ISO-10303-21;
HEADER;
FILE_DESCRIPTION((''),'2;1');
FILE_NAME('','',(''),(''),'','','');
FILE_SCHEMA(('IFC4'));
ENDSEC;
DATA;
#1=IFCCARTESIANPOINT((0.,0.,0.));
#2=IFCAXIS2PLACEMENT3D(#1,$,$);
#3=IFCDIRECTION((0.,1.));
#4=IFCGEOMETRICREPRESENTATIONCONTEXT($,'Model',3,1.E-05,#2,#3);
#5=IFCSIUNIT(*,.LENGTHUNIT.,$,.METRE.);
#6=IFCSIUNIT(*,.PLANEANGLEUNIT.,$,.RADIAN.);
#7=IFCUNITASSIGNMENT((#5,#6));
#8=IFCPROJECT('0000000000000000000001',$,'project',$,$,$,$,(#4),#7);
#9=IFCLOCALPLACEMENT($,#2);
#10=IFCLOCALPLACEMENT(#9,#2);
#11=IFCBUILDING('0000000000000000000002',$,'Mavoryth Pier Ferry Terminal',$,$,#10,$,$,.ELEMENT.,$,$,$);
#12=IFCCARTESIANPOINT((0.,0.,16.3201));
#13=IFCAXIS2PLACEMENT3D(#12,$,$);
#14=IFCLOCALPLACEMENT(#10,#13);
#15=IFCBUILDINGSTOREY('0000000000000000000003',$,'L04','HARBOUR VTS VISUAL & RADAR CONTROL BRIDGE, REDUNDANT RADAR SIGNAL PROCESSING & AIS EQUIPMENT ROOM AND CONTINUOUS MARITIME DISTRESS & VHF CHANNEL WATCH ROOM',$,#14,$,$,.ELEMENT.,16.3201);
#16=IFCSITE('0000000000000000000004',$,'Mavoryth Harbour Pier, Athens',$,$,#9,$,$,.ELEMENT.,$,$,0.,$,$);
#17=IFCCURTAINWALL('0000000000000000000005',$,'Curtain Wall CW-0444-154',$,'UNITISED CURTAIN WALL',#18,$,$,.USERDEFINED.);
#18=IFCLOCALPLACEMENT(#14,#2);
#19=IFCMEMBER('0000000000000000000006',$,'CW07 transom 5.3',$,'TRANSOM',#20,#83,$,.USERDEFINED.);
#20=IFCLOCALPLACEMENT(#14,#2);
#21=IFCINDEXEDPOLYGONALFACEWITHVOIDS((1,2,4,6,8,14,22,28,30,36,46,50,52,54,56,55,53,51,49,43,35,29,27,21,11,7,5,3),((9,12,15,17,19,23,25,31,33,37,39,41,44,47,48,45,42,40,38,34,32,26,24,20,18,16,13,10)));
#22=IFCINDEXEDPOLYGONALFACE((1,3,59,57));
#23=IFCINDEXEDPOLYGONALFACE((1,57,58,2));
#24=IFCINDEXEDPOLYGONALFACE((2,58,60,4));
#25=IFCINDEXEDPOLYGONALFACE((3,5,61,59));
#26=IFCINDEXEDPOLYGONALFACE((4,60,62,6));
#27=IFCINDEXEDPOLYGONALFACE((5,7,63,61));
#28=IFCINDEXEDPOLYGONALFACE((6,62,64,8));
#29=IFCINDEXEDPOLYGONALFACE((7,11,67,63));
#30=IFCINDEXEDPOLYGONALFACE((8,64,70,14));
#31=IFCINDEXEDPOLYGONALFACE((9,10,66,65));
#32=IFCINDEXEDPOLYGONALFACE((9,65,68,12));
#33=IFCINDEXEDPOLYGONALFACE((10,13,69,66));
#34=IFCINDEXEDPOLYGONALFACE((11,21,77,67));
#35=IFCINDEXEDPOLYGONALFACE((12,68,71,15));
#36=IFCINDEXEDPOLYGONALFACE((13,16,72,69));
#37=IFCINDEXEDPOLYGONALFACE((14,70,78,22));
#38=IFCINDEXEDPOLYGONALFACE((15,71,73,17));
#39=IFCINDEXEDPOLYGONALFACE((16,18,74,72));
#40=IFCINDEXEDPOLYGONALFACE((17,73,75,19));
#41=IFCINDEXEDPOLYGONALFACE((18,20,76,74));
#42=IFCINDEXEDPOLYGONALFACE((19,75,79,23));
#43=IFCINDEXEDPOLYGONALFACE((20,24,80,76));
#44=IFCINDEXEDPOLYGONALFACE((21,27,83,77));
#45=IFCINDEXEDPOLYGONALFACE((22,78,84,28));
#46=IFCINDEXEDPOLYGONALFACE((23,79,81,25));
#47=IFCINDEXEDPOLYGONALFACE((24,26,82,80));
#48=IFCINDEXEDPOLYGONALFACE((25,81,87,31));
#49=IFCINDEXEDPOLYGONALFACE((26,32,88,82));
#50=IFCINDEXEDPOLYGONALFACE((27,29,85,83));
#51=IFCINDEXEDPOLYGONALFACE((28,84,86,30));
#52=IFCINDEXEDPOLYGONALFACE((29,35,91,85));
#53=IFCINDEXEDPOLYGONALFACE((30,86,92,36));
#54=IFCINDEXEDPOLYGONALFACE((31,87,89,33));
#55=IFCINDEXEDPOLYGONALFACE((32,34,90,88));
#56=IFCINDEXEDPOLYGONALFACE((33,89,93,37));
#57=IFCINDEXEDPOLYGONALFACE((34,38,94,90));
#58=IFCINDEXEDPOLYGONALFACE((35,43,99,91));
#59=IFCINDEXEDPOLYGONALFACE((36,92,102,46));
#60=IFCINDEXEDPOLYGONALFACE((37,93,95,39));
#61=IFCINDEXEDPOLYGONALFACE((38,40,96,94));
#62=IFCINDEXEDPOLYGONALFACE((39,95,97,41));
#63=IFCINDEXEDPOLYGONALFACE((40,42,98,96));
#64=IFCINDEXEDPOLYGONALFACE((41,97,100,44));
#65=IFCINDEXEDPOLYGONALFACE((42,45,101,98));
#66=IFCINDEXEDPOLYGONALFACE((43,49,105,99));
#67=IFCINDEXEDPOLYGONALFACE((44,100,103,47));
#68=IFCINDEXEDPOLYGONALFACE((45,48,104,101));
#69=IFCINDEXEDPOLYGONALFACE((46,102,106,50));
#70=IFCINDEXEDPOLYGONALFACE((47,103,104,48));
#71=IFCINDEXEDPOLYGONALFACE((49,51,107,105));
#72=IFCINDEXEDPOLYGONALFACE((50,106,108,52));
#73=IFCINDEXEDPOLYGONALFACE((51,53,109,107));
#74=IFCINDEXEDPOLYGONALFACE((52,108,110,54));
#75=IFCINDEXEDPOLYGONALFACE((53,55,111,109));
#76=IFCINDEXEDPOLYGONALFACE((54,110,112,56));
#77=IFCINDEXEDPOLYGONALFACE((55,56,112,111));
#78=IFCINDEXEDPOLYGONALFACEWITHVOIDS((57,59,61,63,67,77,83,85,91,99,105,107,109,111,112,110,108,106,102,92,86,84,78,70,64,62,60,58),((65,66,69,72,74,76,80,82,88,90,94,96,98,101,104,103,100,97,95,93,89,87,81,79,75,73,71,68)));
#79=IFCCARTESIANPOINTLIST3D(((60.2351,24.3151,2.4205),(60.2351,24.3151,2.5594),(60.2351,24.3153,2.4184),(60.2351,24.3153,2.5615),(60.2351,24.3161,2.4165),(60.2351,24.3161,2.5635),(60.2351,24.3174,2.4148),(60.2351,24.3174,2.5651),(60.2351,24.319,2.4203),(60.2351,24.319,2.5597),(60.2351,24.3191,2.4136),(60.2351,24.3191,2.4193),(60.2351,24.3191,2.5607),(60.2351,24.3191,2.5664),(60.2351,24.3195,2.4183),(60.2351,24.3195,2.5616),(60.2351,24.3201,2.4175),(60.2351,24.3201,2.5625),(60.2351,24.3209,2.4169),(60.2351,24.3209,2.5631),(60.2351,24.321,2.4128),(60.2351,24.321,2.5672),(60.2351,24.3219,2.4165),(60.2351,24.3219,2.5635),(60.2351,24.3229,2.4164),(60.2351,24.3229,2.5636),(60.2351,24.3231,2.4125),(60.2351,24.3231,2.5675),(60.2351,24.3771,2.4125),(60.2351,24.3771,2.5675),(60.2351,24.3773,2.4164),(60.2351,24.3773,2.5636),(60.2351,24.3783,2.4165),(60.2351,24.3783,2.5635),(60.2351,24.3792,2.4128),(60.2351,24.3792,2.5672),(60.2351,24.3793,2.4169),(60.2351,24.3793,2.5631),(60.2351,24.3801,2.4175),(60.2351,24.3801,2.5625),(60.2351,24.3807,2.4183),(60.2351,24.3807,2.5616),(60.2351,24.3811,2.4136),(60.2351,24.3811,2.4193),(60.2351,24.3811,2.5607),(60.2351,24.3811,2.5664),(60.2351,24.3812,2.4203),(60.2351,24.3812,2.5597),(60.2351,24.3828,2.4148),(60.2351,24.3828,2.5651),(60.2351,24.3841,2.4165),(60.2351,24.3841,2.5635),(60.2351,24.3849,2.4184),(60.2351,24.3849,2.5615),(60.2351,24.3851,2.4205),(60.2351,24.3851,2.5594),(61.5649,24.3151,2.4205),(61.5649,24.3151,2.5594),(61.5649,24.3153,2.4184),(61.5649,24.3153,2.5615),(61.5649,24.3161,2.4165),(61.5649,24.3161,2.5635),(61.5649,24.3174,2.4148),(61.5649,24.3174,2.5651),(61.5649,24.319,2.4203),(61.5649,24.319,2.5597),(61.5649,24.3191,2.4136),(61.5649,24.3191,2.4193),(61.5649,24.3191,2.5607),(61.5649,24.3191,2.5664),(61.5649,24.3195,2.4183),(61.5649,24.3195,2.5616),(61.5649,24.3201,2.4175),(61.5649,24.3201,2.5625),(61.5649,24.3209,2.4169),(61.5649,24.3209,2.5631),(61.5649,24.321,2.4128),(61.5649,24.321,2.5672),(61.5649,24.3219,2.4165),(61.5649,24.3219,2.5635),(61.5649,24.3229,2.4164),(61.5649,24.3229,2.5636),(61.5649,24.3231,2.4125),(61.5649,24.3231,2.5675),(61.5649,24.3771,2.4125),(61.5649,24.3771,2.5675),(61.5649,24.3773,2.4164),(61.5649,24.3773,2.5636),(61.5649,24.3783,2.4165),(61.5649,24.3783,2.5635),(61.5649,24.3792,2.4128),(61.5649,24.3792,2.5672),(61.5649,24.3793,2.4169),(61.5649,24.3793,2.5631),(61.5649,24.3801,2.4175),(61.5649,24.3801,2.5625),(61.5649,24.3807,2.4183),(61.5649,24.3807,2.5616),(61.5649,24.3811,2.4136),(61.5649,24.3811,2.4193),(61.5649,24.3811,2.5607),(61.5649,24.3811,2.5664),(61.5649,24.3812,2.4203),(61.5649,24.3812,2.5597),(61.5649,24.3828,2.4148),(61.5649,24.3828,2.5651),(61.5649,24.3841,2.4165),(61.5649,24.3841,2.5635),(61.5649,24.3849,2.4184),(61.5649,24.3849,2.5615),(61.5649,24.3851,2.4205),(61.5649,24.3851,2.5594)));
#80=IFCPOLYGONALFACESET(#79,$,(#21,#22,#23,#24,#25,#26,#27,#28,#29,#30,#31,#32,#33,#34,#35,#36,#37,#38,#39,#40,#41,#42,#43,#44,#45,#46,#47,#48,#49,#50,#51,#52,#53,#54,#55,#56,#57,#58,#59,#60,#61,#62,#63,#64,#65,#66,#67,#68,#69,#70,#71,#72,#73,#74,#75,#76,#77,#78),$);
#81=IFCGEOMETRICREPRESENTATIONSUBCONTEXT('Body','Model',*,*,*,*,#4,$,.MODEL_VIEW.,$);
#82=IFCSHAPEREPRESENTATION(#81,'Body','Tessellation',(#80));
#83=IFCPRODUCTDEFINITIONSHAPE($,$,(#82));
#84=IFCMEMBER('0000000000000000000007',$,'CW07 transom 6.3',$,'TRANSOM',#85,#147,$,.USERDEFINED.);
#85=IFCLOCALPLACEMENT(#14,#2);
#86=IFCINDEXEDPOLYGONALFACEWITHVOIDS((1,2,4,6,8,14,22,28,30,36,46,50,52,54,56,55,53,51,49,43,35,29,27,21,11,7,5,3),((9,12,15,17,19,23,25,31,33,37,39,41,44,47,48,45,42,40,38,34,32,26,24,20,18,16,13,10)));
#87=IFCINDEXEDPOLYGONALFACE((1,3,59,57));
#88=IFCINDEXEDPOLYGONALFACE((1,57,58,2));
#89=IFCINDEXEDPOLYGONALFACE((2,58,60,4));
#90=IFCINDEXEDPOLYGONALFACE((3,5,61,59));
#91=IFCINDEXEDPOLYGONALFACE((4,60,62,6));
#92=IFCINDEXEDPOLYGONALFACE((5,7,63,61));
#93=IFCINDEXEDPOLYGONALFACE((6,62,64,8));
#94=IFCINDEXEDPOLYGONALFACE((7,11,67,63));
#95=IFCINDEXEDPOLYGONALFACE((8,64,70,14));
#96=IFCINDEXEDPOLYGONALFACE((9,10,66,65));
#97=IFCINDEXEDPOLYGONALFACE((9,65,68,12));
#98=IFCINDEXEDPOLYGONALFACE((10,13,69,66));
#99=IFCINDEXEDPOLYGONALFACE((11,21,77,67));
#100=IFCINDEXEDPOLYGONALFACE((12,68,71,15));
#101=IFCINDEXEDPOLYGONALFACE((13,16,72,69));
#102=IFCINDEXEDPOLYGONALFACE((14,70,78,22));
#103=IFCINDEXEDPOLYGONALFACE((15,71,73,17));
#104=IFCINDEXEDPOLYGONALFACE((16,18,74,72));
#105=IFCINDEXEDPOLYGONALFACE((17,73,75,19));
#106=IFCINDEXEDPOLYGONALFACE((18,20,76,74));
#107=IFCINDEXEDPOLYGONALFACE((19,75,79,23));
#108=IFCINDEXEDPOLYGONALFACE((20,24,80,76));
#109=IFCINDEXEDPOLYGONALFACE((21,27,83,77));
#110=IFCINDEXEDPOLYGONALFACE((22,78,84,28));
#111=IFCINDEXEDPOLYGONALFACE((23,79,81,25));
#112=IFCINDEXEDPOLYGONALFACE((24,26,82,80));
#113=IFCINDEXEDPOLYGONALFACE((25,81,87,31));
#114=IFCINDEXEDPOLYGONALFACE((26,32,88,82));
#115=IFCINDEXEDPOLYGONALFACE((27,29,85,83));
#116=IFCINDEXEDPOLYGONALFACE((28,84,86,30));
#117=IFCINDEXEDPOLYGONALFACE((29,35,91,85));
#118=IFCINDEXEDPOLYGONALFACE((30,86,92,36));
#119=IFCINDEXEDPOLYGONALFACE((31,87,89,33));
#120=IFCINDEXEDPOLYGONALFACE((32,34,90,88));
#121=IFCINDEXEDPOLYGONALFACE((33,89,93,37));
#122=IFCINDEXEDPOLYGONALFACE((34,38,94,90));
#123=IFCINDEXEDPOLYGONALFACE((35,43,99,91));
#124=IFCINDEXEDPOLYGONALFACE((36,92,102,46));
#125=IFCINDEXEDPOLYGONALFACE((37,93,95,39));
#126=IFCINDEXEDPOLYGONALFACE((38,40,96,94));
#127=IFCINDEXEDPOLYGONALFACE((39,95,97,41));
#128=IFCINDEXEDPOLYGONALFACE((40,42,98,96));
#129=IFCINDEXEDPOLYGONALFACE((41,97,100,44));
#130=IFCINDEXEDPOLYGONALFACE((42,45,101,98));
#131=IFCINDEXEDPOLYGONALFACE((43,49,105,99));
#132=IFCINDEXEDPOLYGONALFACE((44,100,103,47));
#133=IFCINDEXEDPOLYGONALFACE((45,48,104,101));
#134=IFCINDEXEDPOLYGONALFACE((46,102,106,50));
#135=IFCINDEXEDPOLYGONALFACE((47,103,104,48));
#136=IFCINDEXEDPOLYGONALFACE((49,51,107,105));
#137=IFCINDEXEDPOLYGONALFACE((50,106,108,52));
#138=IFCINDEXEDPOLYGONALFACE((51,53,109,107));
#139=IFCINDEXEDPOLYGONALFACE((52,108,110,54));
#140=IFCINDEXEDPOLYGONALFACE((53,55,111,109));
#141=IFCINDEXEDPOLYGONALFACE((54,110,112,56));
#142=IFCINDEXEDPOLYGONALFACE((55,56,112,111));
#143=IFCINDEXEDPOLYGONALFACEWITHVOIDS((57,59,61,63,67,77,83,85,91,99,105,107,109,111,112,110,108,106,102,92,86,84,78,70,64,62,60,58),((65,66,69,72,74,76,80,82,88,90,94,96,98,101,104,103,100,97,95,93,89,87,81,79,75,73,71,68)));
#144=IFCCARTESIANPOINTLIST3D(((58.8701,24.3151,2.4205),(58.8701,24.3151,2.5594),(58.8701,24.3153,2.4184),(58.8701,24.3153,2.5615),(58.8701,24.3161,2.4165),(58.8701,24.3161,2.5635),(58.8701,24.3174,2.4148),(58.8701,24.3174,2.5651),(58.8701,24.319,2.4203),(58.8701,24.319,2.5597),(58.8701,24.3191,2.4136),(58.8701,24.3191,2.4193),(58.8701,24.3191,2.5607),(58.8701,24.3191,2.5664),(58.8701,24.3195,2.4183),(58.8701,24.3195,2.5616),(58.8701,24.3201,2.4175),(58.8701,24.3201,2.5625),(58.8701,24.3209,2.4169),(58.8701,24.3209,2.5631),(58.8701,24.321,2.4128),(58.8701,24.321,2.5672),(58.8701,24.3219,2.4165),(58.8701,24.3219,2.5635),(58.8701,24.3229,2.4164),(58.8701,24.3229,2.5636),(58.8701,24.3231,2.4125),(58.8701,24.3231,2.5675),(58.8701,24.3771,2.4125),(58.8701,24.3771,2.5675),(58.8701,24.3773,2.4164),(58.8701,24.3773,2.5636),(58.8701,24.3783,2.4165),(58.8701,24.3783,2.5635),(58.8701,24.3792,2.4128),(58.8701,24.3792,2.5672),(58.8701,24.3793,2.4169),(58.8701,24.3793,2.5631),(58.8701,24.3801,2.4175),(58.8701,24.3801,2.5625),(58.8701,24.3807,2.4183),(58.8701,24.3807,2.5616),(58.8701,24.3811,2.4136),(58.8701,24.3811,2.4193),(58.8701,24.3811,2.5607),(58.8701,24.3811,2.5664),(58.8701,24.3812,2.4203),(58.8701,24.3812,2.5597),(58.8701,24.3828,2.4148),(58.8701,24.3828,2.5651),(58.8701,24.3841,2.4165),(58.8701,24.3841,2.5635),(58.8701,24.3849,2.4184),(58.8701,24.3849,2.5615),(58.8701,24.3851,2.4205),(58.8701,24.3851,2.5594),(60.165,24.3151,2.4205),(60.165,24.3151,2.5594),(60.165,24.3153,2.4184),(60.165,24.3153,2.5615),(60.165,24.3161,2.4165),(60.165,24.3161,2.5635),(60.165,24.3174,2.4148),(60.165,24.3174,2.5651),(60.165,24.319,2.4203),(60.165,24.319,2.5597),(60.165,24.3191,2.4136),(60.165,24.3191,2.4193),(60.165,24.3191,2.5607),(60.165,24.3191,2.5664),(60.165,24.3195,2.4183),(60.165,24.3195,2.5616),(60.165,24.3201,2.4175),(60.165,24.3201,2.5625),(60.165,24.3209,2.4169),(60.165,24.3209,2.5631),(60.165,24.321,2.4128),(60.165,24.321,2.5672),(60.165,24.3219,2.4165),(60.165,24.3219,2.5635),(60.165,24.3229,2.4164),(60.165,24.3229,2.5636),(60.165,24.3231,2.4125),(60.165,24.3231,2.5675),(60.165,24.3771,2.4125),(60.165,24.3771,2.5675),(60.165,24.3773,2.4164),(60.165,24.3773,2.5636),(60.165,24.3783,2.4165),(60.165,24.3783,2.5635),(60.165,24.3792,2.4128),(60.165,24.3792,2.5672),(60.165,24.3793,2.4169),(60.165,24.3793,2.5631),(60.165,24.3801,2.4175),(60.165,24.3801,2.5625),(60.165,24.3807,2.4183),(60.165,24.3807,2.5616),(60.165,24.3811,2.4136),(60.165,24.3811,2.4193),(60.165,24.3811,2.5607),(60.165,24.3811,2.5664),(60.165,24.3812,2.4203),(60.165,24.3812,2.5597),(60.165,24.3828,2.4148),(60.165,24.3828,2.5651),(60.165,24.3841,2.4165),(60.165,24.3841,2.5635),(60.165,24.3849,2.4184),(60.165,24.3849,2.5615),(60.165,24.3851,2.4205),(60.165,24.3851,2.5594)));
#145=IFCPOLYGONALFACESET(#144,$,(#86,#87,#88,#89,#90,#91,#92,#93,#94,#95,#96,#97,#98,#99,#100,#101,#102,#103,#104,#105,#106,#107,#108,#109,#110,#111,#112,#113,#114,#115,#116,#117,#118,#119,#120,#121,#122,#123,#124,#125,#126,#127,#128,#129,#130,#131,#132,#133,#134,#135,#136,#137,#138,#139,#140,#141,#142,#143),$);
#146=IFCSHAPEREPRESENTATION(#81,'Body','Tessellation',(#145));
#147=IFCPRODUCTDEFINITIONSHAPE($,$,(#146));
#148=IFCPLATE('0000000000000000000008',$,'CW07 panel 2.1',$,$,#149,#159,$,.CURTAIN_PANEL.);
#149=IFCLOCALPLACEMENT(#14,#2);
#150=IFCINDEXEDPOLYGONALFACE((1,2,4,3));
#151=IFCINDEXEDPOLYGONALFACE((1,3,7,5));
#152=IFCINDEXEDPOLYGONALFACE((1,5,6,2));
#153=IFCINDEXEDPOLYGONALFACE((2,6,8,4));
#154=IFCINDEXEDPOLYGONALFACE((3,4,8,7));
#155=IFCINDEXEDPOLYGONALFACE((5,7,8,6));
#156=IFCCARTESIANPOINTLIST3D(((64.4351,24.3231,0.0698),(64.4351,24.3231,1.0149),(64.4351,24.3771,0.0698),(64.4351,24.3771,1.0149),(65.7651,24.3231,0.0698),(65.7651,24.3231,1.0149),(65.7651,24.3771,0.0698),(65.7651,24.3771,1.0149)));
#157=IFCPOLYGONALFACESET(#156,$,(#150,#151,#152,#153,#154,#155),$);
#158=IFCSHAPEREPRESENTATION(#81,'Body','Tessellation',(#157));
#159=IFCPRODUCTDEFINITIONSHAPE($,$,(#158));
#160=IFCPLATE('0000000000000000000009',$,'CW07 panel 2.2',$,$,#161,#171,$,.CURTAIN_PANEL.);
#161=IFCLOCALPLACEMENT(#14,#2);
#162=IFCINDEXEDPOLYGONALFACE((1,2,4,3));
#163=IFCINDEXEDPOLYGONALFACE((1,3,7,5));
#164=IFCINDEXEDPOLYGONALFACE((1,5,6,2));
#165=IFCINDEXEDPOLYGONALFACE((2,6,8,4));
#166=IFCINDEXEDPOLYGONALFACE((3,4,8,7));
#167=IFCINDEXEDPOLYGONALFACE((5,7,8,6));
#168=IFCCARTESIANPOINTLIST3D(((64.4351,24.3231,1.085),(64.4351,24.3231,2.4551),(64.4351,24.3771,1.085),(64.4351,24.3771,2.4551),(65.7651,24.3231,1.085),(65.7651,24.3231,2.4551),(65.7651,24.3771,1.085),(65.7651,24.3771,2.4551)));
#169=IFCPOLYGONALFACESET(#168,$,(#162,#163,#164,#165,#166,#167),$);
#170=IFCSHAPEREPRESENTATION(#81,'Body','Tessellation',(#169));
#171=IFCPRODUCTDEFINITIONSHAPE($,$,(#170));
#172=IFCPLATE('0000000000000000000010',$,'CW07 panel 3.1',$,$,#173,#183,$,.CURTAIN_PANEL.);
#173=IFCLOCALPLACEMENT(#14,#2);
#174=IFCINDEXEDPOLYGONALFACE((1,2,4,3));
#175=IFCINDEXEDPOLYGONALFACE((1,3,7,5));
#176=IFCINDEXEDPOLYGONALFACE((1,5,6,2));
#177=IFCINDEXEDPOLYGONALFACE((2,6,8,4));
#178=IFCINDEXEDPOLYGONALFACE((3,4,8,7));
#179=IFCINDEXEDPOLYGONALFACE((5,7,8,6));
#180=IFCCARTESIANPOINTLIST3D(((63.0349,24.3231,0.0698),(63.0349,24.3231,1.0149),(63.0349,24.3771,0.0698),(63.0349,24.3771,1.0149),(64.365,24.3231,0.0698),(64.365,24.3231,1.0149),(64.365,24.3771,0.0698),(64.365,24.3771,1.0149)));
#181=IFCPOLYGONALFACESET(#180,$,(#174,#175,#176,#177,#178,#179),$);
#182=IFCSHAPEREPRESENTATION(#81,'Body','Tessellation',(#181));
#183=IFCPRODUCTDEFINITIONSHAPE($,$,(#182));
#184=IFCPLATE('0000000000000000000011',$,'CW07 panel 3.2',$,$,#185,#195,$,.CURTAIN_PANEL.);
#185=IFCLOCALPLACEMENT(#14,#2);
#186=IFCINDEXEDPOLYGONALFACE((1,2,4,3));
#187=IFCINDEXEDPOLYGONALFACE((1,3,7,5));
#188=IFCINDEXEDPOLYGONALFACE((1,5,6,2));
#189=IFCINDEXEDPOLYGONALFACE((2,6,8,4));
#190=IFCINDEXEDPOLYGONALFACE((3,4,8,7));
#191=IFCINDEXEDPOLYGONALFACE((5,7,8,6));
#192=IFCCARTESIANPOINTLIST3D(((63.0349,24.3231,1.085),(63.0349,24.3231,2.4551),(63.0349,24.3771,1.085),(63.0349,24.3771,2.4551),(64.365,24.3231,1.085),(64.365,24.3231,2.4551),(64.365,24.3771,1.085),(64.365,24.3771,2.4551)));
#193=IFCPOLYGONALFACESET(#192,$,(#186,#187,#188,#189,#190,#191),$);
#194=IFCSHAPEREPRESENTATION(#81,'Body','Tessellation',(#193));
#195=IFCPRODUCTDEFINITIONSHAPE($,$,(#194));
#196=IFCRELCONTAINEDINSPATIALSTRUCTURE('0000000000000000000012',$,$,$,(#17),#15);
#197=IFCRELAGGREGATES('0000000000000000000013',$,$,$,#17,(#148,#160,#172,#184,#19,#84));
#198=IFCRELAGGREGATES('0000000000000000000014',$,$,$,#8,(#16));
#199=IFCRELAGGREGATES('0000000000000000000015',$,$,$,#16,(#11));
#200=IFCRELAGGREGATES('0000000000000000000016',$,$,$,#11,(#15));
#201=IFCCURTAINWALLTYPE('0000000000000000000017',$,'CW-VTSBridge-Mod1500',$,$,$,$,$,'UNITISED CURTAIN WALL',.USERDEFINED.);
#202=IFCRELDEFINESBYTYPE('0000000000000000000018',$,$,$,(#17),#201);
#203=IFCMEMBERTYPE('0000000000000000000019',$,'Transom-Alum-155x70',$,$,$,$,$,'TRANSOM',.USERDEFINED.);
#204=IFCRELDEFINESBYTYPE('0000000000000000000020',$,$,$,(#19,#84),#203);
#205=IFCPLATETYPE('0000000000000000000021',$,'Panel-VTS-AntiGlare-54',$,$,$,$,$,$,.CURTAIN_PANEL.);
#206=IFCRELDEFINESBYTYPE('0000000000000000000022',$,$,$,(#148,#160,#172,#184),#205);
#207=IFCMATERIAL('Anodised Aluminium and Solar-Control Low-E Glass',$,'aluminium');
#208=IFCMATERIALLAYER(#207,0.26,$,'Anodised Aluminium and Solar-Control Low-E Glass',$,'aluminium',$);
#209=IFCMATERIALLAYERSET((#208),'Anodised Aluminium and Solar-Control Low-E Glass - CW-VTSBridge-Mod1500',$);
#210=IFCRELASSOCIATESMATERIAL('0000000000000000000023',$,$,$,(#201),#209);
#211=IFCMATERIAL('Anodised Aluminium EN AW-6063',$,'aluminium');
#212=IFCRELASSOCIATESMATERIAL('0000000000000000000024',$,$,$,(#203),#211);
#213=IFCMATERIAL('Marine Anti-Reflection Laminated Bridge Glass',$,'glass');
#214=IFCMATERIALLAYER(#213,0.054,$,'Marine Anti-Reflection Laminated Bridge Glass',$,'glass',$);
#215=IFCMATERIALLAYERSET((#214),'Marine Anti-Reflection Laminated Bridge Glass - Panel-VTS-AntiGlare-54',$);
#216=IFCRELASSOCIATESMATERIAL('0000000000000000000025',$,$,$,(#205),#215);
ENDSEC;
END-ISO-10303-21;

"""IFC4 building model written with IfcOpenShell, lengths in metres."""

from ifc_helpers import new_model, si_unit, direction, frame, origin, origin_2d, place, context, subcontext, project, spatial, rectangle, hollow_rectangle, extrude, material, layer, layer_set, material_profile, profile_set, type_object, element, aggregate, save


model = new_model("IFC4")

# Units and contexts
model_context = context("Model", 3, precision=1e-05, world=origin(), true_north=direction((0.0, 1.0)))
body_context = subcontext(model_context, "Body", "Model", "MODEL_VIEW")
ifc_project = project(units=[si_unit("LENGTHUNIT", "METRE"), si_unit("PLANEANGLEUNIT", "RADIAN")], contexts=[model_context])

# Site, building, storey
site_placement = place(None, origin())
site = spatial("IfcSite", under=ifc_project, at=site_placement, Name="Mavoryth Harbour Pier, Athens", CompositionType="ELEMENT", RefElevation=0.0)
building_placement = place(site_placement, origin())
building = spatial("IfcBuilding", under=site, at=building_placement, Name="Mavoryth Pier Ferry Terminal", CompositionType="ELEMENT")
storey_placement = place(building_placement, frame((0.0, 0.0, 16.3201)))
storey = spatial("IfcBuildingStorey", under=building, at=storey_placement, Name="L04", Description="HARBOUR VTS VISUAL & RADAR CONTROL BRIDGE, REDUNDANT RADAR SIGNAL PROCESSING & AIS EQUIPMENT ROOM AND CONTINUOUS MARITIME DISTRESS & VHF CHANNEL WATCH ROOM", CompositionType="ELEMENT", Elevation=16.3201)

# Curtain wall, members, plates
ifc_material_1 = material(Name="Anodised Aluminium and Solar-Control Low-E Glass", Category="aluminium")
ifc_layer_1 = layer(ifc_material_1, 0.26, Name="Anodised Aluminium and Solar-Control Low-E Glass", Category="aluminium")
ifc_layer_set_1 = layer_set([ifc_layer_1], Name="Anodised Aluminium and Solar-Control Low-E Glass - CW-VTSBridge-Mod1500")
curtain_wall_type = type_object("IfcCurtainWallType", Name="CW-VTSBridge-Mod1500", ElementType="UNITISED CURTAIN WALL", PredefinedType="USERDEFINED", material=ifc_layer_set_1)
curtain_wall_placement = place(storey_placement, origin())
curtain_wall = element("IfcCurtainWall", 1, at=curtain_wall_placement, inside=storey, type_object=curtain_wall_type, Name="Curtain Wall CW-0444-154", ObjectType="UNITISED CURTAIN WALL", PredefinedType="USERDEFINED")
ifc_material_2 = material(Name="Anodised Aluminium EN AW-6063", Category="aluminium")
ifc_material_profile_1 = material_profile(ifc_material_2, hollow_rectangle(XDim=0.0701, YDim=0.155, WallThickness=0.0039, InnerFilletRadius=0.0039, OuterFilletRadius=0.0081, at=origin_2d()), Name="AL-TRAN 155x70x4", Category="aluminium")
ifc_profile_set_1 = profile_set([ifc_material_profile_1], Name="Anodised Aluminium EN AW-6063 - AL-TRAN 155x70x4")
member_type_1 = type_object("IfcMemberType", Name="Transom-Alum-155x70", ElementType="TRANSOM", PredefinedType="USERDEFINED", material=ifc_profile_set_1)
member_1_placement = place(storey_placement, frame((61.5649, 24.3501, 2.49), z_axis=(-1.0, 0.0, 0.0), x_axis=(0.0, -1.0, 0.0)))
member_1 = element("IfcMember", 2, at=member_1_placement, type_object=member_type_1, Name="CW07 transom 5.3", ObjectType="TRANSOM", PredefinedType="USERDEFINED", context=body_context, shape_type="SweptSolid", body=[
    extrude(hollow_rectangle(XDim=0.0701, YDim=0.155, WallThickness=0.0039, InnerFilletRadius=0.0039, OuterFilletRadius=0.0081, at=origin_2d()), origin(), (0.0, 0.0, 1.0), 1.3298),
])
member_2_placement = place(storey_placement, frame((60.165, 24.3501, 2.49), z_axis=(-1.0, 0.0, 0.0), x_axis=(0.0, -1.0, 0.0)))
member_2 = element("IfcMember", 3, at=member_2_placement, type_object=member_type_1, Name="CW07 transom 6.3", ObjectType="TRANSOM", PredefinedType="USERDEFINED", context=body_context, shape_type="SweptSolid", body=[
    extrude(hollow_rectangle(XDim=0.0701, YDim=0.155, WallThickness=0.0039, InnerFilletRadius=0.0039, OuterFilletRadius=0.0081, at=origin_2d()), origin(), (0.0, 0.0, 1.0), 1.2949),
])
ifc_material_3 = material(Name="Marine Anti-Reflection Laminated Bridge Glass", Category="glass")
ifc_layer_2 = layer(ifc_material_3, 0.054, Name="Marine Anti-Reflection Laminated Bridge Glass", Category="glass")
ifc_layer_set_2 = layer_set([ifc_layer_2], Name="Marine Anti-Reflection Laminated Bridge Glass - Panel-VTS-AntiGlare-54")
plate_type = type_object("IfcPlateType", Name="Panel-VTS-AntiGlare-54", PredefinedType="CURTAIN_PANEL", material=ifc_layer_set_2)
plate_1_placement = place(storey_placement, frame((65.1001, 24.3501, 0.0698), z_axis=(0.0, 0.0, 1.0), x_axis=(-1.0, 0.0, 0.0)))
plate_1 = element("IfcPlate", 4, at=plate_1_placement, type_object=plate_type, Name="CW07 panel 2.1", PredefinedType="CURTAIN_PANEL", context=body_context, shape_type="SweptSolid", body=[
    extrude(rectangle(XDim=1.3301, YDim=0.054, at=origin_2d()), origin(), (0.0, 0.0, 1.0), 0.9451),
])
plate_2_placement = place(storey_placement, frame((65.1001, 24.3501, 1.085), z_axis=(0.0, 0.0, 1.0), x_axis=(-1.0, 0.0, 0.0)))
plate_2 = element("IfcPlate", 5, at=plate_2_placement, type_object=plate_type, Name="CW07 panel 2.2", PredefinedType="CURTAIN_PANEL", context=body_context, shape_type="SweptSolid", body=[
    extrude(rectangle(XDim=1.3301, YDim=0.054, at=origin_2d()), origin(), (0.0, 0.0, 1.0), 1.3701),
])
plate_3_placement = place(storey_placement, frame((63.7, 24.3501, 0.0698), z_axis=(0.0, 0.0, 1.0), x_axis=(-1.0, 0.0, 0.0)))
plate_3 = element("IfcPlate", 6, at=plate_3_placement, type_object=plate_type, Name="CW07 panel 3.1", PredefinedType="CURTAIN_PANEL", context=body_context, shape_type="SweptSolid", body=[
    extrude(rectangle(XDim=1.3301, YDim=0.054, at=origin_2d()), origin(), (0.0, 0.0, 1.0), 0.9451),
])
plate_4_placement = place(storey_placement, frame((63.7, 24.3501, 1.085), z_axis=(0.0, 0.0, 1.0), x_axis=(-1.0, 0.0, 0.0)))
plate_4 = element("IfcPlate", 7, at=plate_4_placement, type_object=plate_type, Name="CW07 panel 3.2", PredefinedType="CURTAIN_PANEL", context=body_context, shape_type="SweptSolid", body=[
    extrude(rectangle(XDim=1.3301, YDim=0.054, at=origin_2d()), origin(), (0.0, 0.0, 1.0), 1.3701),
])
aggregate(curtain_wall, [plate_1, plate_2, plate_3, plate_4, member_1, member_2])

save(model, "model.ifc")
